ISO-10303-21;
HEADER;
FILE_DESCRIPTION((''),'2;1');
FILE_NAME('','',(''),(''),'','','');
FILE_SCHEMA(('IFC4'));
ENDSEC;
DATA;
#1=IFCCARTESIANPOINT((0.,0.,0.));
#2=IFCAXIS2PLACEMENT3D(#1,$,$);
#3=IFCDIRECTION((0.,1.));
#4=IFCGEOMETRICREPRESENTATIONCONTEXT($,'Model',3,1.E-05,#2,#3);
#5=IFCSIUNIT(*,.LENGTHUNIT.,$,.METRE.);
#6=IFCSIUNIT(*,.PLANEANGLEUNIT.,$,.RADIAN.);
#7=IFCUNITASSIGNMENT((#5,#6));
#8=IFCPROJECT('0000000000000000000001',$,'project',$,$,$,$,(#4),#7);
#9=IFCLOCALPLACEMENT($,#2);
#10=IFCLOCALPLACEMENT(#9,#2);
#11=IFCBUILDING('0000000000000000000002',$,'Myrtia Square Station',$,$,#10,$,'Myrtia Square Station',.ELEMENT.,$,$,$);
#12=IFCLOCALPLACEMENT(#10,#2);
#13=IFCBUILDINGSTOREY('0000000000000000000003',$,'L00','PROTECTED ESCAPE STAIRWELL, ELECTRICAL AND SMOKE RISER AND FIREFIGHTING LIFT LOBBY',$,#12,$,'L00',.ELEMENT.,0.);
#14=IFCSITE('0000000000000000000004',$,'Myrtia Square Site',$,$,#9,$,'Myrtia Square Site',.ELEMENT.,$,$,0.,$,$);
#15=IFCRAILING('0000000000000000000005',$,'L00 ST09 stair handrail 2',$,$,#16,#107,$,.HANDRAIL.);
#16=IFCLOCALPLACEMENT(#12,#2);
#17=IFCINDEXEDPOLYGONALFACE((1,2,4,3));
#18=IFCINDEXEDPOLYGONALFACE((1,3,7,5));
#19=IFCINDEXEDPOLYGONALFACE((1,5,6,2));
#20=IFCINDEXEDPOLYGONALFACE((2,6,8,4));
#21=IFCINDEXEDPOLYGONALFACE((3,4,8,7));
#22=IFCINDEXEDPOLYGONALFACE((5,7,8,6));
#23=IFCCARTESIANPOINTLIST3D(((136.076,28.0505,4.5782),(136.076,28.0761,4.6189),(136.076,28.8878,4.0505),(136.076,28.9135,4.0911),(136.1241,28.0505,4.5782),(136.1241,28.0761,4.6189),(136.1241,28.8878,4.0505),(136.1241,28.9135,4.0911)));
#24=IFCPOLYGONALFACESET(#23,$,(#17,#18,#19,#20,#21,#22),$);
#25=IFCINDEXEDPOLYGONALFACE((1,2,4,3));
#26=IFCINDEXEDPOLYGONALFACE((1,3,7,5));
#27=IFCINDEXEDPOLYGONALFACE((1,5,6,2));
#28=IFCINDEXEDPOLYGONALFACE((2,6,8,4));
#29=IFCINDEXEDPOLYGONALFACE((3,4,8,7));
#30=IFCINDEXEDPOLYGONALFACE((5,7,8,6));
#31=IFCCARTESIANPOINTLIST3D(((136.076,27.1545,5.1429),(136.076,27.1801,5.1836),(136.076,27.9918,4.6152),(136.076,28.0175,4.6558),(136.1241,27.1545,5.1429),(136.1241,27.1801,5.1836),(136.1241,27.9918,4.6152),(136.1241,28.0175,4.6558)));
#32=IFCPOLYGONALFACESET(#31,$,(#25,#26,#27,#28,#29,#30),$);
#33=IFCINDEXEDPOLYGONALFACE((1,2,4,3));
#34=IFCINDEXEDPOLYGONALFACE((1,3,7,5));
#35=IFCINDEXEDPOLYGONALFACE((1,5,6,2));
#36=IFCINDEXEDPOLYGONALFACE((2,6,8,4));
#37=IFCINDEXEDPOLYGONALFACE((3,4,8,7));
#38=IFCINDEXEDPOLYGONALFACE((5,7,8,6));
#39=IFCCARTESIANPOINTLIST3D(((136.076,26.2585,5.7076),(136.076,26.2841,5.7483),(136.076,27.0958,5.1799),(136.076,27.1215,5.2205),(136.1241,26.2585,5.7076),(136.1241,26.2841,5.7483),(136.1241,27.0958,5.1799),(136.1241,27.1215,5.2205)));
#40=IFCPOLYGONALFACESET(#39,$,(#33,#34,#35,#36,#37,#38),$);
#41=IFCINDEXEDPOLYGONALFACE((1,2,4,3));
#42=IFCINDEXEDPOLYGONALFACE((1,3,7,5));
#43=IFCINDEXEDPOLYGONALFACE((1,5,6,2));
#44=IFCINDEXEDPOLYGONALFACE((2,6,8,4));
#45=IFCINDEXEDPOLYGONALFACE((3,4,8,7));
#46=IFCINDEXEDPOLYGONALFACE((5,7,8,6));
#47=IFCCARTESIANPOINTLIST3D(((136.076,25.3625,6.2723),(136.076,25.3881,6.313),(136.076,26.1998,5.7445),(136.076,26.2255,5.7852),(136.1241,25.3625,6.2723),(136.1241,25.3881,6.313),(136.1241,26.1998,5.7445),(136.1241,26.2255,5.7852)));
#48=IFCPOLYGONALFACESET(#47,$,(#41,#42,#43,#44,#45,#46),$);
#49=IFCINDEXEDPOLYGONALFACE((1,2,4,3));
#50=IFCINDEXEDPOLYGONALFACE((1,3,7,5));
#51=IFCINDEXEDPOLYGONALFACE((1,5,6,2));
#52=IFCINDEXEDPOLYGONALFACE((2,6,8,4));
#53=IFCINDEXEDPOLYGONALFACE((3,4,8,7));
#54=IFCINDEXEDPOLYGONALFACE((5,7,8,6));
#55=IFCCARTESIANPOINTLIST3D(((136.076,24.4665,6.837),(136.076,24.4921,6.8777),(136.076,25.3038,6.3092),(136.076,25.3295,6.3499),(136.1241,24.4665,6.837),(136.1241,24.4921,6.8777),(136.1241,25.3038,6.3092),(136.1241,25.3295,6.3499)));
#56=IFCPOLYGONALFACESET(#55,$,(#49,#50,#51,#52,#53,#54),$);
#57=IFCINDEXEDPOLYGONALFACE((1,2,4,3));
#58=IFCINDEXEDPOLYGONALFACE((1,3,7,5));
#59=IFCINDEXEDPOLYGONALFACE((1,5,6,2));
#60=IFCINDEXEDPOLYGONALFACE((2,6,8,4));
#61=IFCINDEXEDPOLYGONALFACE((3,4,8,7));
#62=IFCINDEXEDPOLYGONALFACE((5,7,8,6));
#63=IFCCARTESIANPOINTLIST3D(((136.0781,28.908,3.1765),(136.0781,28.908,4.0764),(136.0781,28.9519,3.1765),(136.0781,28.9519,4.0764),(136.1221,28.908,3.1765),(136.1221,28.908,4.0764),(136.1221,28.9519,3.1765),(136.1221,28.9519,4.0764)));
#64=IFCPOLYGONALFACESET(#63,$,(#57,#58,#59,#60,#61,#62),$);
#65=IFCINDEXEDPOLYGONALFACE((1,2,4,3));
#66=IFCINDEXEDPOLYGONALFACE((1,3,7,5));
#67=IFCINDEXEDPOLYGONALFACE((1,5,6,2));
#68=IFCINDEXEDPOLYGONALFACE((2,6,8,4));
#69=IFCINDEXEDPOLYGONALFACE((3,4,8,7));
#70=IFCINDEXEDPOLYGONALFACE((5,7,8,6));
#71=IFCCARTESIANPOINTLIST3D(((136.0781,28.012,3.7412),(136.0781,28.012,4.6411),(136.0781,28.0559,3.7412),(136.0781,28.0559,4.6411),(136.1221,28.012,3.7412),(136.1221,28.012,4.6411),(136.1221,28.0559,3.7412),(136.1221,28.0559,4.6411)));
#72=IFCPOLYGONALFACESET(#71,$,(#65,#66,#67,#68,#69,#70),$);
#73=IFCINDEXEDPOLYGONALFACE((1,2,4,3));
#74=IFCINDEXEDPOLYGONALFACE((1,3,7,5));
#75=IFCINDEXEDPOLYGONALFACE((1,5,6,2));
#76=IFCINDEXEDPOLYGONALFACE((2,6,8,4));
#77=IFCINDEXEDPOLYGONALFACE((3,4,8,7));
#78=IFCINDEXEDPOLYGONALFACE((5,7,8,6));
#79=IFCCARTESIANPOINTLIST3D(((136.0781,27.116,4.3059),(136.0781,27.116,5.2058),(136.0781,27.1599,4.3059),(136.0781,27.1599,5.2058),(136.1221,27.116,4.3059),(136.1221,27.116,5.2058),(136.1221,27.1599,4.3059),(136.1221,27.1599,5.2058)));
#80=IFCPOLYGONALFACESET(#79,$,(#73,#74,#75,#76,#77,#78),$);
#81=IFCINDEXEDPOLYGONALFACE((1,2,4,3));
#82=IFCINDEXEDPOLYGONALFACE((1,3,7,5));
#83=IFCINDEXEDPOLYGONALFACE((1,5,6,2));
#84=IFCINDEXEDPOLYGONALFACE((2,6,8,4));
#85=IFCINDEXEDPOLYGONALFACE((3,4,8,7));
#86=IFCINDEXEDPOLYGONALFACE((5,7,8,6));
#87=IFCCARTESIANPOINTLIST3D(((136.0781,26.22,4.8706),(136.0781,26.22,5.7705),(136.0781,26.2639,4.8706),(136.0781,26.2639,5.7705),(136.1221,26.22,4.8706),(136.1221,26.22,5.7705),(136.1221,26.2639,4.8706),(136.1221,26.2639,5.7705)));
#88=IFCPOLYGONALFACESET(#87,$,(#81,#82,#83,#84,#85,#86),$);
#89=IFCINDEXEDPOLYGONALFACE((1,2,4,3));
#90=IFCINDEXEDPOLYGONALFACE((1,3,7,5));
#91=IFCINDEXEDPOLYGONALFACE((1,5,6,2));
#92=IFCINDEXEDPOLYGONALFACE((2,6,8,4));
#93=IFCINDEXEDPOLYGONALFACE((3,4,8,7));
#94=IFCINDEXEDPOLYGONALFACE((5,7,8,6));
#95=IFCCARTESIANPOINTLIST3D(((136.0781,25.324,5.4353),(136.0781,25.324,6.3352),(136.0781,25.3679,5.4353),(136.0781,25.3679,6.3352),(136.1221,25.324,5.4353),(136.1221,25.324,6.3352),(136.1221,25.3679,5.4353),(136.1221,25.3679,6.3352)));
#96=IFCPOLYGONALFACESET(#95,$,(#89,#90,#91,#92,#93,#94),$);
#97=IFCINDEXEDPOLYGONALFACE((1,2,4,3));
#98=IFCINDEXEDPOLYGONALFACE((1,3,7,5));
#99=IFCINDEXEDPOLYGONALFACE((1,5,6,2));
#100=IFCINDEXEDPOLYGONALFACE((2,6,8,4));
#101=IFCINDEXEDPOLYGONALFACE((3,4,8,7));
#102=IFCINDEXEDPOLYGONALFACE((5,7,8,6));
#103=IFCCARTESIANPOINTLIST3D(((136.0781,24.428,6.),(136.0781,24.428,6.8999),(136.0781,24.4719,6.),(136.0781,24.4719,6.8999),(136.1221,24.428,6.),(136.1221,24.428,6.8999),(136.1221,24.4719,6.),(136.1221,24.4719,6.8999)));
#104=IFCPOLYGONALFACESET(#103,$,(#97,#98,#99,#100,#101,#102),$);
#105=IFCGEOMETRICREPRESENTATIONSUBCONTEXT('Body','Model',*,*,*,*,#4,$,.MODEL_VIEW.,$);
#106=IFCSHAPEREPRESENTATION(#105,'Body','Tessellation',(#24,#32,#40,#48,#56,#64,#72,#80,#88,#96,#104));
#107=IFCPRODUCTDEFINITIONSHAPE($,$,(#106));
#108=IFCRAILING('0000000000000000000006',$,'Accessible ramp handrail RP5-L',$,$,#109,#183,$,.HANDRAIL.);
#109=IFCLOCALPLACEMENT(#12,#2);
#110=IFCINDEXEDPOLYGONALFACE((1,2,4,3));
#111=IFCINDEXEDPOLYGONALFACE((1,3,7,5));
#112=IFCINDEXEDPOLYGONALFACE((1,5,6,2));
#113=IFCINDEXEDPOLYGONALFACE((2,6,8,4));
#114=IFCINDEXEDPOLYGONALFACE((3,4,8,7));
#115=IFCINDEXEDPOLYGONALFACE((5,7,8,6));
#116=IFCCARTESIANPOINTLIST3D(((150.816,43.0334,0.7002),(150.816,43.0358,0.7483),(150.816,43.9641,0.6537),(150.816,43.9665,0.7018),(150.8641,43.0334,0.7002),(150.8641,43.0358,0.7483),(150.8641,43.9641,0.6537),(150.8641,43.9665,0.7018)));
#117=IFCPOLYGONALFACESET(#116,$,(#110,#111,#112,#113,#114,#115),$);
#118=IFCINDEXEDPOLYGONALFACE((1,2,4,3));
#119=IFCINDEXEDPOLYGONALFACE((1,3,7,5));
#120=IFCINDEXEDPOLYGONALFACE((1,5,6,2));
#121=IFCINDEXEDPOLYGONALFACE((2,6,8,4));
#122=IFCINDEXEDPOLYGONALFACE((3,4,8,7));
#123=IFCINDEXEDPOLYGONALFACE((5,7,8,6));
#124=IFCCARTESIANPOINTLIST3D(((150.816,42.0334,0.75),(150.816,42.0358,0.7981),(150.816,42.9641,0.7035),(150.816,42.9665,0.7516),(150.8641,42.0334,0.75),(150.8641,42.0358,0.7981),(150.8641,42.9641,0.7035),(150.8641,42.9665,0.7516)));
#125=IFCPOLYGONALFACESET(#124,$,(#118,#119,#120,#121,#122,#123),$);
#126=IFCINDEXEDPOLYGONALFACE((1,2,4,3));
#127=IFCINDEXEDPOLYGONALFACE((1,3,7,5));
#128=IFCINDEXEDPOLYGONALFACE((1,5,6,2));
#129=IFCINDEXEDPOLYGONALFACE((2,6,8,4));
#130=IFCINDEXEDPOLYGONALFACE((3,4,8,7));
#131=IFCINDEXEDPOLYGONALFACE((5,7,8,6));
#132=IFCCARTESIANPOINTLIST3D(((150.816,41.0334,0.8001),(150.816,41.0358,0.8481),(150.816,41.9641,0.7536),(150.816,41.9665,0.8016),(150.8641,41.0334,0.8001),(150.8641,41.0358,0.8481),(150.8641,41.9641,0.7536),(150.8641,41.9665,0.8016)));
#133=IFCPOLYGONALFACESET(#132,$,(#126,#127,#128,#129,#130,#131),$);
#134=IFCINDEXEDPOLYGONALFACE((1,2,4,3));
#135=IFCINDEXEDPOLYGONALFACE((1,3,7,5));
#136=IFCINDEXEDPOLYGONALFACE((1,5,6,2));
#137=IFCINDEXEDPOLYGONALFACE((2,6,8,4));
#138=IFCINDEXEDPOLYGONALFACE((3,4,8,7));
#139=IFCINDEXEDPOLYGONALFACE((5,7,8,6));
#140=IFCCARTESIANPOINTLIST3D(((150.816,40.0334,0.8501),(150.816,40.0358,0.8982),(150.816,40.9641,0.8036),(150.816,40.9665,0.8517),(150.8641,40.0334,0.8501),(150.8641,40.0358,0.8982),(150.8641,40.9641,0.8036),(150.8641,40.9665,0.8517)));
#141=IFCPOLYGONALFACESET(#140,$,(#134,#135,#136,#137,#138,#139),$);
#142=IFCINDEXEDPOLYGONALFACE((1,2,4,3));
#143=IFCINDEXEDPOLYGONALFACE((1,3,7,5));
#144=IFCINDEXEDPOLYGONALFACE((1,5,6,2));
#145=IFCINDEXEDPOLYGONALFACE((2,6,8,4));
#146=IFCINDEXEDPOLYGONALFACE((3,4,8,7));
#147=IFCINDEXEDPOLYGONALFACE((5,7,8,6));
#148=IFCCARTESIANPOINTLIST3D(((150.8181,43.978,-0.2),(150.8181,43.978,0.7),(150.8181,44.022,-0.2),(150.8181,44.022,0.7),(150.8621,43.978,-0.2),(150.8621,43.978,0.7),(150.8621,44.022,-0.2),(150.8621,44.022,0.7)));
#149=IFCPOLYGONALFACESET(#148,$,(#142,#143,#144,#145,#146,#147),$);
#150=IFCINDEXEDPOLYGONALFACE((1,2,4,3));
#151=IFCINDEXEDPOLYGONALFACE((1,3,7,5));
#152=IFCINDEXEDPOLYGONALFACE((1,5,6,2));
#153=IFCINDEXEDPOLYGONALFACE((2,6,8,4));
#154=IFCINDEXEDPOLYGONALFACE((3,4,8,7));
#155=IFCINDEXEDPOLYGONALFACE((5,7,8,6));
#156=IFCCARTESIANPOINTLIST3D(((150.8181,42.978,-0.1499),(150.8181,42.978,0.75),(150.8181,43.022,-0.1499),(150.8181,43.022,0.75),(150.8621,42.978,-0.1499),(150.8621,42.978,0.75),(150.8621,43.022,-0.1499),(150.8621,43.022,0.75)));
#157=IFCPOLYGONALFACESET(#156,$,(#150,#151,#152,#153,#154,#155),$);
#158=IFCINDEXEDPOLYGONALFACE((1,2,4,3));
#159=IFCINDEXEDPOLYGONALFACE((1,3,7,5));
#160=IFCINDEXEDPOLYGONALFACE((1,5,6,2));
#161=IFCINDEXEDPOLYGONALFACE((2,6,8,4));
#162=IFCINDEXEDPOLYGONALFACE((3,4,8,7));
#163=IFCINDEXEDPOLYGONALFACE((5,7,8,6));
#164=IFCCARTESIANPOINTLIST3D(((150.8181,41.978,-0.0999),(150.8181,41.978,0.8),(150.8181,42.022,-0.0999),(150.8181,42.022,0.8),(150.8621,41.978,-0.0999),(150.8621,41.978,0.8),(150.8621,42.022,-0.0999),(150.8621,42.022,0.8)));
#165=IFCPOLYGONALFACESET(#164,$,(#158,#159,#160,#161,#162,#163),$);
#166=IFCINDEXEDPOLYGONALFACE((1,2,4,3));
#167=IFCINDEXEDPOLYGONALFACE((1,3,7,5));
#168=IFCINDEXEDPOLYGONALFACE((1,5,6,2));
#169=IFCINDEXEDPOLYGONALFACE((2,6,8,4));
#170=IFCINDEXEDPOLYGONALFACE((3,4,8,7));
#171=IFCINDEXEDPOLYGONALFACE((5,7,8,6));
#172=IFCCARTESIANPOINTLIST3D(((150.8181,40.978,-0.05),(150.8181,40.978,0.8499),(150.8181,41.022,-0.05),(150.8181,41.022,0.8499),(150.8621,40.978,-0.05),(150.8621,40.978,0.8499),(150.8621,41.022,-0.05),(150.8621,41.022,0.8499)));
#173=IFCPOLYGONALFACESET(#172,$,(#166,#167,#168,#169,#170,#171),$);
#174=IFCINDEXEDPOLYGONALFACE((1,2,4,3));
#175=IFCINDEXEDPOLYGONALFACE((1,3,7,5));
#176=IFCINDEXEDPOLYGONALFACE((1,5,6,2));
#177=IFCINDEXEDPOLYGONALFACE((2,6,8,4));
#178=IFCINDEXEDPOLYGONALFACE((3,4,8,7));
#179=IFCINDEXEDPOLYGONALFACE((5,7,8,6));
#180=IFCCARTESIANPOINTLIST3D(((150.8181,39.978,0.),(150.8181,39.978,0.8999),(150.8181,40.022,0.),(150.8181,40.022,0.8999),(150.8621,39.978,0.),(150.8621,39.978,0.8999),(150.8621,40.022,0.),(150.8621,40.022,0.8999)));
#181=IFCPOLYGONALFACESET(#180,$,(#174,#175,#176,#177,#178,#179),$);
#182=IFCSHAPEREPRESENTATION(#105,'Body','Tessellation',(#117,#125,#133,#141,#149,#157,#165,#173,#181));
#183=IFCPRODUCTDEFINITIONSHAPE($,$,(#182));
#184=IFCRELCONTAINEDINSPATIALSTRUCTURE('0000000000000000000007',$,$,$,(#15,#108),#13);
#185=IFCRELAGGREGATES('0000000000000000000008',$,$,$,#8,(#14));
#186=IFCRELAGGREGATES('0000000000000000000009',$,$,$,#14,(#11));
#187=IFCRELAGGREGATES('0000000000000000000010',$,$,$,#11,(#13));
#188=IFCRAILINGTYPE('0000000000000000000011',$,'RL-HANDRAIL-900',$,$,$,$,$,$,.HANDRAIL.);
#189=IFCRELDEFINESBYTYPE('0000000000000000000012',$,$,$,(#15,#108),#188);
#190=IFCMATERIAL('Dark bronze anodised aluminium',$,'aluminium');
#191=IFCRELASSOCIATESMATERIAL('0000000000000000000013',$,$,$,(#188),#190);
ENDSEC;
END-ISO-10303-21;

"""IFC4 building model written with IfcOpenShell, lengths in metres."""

from ifc_helpers import new_model, si_unit, direction, frame, origin, origin_2d, place, context, subcontext, project, spatial, rectangle, extrude, material, type_object, element, save


model = new_model("IFC4")

# Units and contexts
model_context = context("Model", 3, precision=1e-05, world=origin(), true_north=direction((0.0, 1.0)))
body_context = subcontext(model_context, "Body", "Model", "MODEL_VIEW")
ifc_project = project(units=[si_unit("LENGTHUNIT", "METRE"), si_unit("PLANEANGLEUNIT", "RADIAN")], contexts=[model_context])

# Site, building, storey
site_placement = place(None, origin())
site = spatial("IfcSite", under=ifc_project, at=site_placement, Name="Myrtia Square Site", LongName="Myrtia Square Site", CompositionType="ELEMENT", RefElevation=0.0)
building_placement = place(site_placement, origin())
building = spatial("IfcBuilding", under=site, at=building_placement, Name="Myrtia Square Station", LongName="Myrtia Square Station", CompositionType="ELEMENT")
storey_placement = place(building_placement, origin())
storey = spatial("IfcBuildingStorey", under=building, at=storey_placement, Name="L00", Description="PROTECTED ESCAPE STAIRWELL, ELECTRICAL AND SMOKE RISER AND FIREFIGHTING LIFT LOBBY", LongName="L00", CompositionType="ELEMENT", Elevation=0.0)

# Shared definitions
ifc_material_1 = material(Name="Dark bronze anodised aluminium", Category="aluminium")

# Railings
railing_type_1 = type_object("IfcRailingType", Name="RL-HANDRAIL-900", PredefinedType="HANDRAIL", material=ifc_material_1)
railing_1_placement = place(storey_placement, frame((136.1001, 28.9299, 3.1765)))
element("IfcRailing", 1, at=railing_1_placement, inside=storey, type_object=railing_type_1, Name="L00 ST09 stair handrail 2", PredefinedType="HANDRAIL", context=body_context, shape_type="SweptSolid", body=[
    extrude(rectangle(XDim=0.0481, YDim=0.0481, at=origin_2d()), frame((0.0, -0.0293, 0.8943), z_axis=(0.0, -0.845998, 0.533186), x_axis=(1.0, 0.0, 0.0)), (0.0, 0.0, 1.0), 0.9897),
    extrude(rectangle(XDim=0.0481, YDim=0.0481, at=origin_2d()), frame((0.0, -0.9253, 1.459), z_axis=(0.0, -0.845998, 0.533186), x_axis=(1.0, 0.0, 0.0)), (0.0, 0.0, 1.0), 0.9897),
    extrude(rectangle(XDim=0.0481, YDim=0.0481, at=origin_2d()), frame((0.0, -1.8213, 2.0237), z_axis=(0.0, -0.845998, 0.533186), x_axis=(1.0, 0.0, 0.0)), (0.0, 0.0, 1.0), 0.9897),
    extrude(rectangle(XDim=0.0481, YDim=0.0481, at=origin_2d()), frame((0.0, -2.7173, 2.5884), z_axis=(0.0, -0.845998, 0.533186), x_axis=(1.0, 0.0, 0.0)), (0.0, 0.0, 1.0), 0.9897),
    extrude(rectangle(XDim=0.0481, YDim=0.0481, at=origin_2d()), frame((0.0, -3.6133, 3.1531), z_axis=(0.0, -0.845998, 0.533186), x_axis=(1.0, 0.0, 0.0)), (0.0, 0.0, 1.0), 0.9897),
    extrude(rectangle(XDim=0.0439, YDim=0.0439, at=origin_2d()), origin(), (0.0, 0.0, 1.0), 0.8999),
    extrude(rectangle(XDim=0.0439, YDim=0.0439, at=origin_2d()), frame((0.0, -0.896, 0.5647)), (0.0, 0.0, 1.0), 0.8999),
    extrude(rectangle(XDim=0.0439, YDim=0.0439, at=origin_2d()), frame((0.0, -1.792, 1.1294)), (0.0, 0.0, 1.0), 0.8999),
    extrude(rectangle(XDim=0.0439, YDim=0.0439, at=origin_2d()), frame((0.0, -2.688, 1.6941)), (0.0, 0.0, 1.0), 0.8999),
    extrude(rectangle(XDim=0.0439, YDim=0.0439, at=origin_2d()), frame((0.0, -3.584, 2.2588)), (0.0, 0.0, 1.0), 0.8999),
    extrude(rectangle(XDim=0.0439, YDim=0.0439, at=origin_2d()), frame((0.0, -4.48, 2.8235)), (0.0, 0.0, 1.0), 0.8999),
])
for number, where, name in (
    (2, (150.8401, 44.0, -0.2), "Accessible ramp handrail RP5-L"),
):
    element("IfcRailing", number, at=place(storey_placement, frame(where)), inside=storey, type_object=railing_type_1, Name=name, PredefinedType="HANDRAIL", context=body_context, shape_type="SweptSolid", body=[
        extrude(rectangle(XDim=0.0481, YDim=0.0481, at=origin_2d()), frame((0.0, -0.0347, 0.8777), z_axis=(0.0, -0.998753, 0.049925), x_axis=(1.0, 0.0, 0.0)), (0.0, 0.0, 1.0), 0.9319),
        extrude(rectangle(XDim=0.0481, YDim=0.0481, at=origin_2d()), frame((0.0, -1.0347, 0.9275), z_axis=(0.0, -0.998753, 0.049925), x_axis=(1.0, 0.0, 0.0)), (0.0, 0.0, 1.0), 0.9319),
        extrude(rectangle(XDim=0.0481, YDim=0.0481, at=origin_2d()), frame((0.0, -2.0347, 0.9775), z_axis=(0.0, -0.998753, 0.049925), x_axis=(1.0, 0.0, 0.0)), (0.0, 0.0, 1.0), 0.9319),
        extrude(rectangle(XDim=0.0481, YDim=0.0481, at=origin_2d()), frame((0.0, -3.0347, 1.0276), z_axis=(0.0, -0.998753, 0.049925), x_axis=(1.0, 0.0, 0.0)), (0.0, 0.0, 1.0), 0.9319),
        extrude(rectangle(XDim=0.0439, YDim=0.0439, at=origin_2d()), origin(), (0.0, 0.0, 1.0), 0.8999),
        extrude(rectangle(XDim=0.0439, YDim=0.0439, at=origin_2d()), frame((0.0, -1.0, 0.05)), (0.0, 0.0, 1.0), 0.8999),
        extrude(rectangle(XDim=0.0439, YDim=0.0439, at=origin_2d()), frame((0.0, -2.0, 0.1001)), (0.0, 0.0, 1.0), 0.8999),
        extrude(rectangle(XDim=0.0439, YDim=0.0439, at=origin_2d()), frame((0.0, -3.0, 0.1499)), (0.0, 0.0, 1.0), 0.8999),
        extrude(rectangle(XDim=0.0439, YDim=0.0439, at=origin_2d()), frame((0.0, -4.0, 0.2)), (0.0, 0.0, 1.0), 0.8999),
    ])

save(model, "model.ifc")
